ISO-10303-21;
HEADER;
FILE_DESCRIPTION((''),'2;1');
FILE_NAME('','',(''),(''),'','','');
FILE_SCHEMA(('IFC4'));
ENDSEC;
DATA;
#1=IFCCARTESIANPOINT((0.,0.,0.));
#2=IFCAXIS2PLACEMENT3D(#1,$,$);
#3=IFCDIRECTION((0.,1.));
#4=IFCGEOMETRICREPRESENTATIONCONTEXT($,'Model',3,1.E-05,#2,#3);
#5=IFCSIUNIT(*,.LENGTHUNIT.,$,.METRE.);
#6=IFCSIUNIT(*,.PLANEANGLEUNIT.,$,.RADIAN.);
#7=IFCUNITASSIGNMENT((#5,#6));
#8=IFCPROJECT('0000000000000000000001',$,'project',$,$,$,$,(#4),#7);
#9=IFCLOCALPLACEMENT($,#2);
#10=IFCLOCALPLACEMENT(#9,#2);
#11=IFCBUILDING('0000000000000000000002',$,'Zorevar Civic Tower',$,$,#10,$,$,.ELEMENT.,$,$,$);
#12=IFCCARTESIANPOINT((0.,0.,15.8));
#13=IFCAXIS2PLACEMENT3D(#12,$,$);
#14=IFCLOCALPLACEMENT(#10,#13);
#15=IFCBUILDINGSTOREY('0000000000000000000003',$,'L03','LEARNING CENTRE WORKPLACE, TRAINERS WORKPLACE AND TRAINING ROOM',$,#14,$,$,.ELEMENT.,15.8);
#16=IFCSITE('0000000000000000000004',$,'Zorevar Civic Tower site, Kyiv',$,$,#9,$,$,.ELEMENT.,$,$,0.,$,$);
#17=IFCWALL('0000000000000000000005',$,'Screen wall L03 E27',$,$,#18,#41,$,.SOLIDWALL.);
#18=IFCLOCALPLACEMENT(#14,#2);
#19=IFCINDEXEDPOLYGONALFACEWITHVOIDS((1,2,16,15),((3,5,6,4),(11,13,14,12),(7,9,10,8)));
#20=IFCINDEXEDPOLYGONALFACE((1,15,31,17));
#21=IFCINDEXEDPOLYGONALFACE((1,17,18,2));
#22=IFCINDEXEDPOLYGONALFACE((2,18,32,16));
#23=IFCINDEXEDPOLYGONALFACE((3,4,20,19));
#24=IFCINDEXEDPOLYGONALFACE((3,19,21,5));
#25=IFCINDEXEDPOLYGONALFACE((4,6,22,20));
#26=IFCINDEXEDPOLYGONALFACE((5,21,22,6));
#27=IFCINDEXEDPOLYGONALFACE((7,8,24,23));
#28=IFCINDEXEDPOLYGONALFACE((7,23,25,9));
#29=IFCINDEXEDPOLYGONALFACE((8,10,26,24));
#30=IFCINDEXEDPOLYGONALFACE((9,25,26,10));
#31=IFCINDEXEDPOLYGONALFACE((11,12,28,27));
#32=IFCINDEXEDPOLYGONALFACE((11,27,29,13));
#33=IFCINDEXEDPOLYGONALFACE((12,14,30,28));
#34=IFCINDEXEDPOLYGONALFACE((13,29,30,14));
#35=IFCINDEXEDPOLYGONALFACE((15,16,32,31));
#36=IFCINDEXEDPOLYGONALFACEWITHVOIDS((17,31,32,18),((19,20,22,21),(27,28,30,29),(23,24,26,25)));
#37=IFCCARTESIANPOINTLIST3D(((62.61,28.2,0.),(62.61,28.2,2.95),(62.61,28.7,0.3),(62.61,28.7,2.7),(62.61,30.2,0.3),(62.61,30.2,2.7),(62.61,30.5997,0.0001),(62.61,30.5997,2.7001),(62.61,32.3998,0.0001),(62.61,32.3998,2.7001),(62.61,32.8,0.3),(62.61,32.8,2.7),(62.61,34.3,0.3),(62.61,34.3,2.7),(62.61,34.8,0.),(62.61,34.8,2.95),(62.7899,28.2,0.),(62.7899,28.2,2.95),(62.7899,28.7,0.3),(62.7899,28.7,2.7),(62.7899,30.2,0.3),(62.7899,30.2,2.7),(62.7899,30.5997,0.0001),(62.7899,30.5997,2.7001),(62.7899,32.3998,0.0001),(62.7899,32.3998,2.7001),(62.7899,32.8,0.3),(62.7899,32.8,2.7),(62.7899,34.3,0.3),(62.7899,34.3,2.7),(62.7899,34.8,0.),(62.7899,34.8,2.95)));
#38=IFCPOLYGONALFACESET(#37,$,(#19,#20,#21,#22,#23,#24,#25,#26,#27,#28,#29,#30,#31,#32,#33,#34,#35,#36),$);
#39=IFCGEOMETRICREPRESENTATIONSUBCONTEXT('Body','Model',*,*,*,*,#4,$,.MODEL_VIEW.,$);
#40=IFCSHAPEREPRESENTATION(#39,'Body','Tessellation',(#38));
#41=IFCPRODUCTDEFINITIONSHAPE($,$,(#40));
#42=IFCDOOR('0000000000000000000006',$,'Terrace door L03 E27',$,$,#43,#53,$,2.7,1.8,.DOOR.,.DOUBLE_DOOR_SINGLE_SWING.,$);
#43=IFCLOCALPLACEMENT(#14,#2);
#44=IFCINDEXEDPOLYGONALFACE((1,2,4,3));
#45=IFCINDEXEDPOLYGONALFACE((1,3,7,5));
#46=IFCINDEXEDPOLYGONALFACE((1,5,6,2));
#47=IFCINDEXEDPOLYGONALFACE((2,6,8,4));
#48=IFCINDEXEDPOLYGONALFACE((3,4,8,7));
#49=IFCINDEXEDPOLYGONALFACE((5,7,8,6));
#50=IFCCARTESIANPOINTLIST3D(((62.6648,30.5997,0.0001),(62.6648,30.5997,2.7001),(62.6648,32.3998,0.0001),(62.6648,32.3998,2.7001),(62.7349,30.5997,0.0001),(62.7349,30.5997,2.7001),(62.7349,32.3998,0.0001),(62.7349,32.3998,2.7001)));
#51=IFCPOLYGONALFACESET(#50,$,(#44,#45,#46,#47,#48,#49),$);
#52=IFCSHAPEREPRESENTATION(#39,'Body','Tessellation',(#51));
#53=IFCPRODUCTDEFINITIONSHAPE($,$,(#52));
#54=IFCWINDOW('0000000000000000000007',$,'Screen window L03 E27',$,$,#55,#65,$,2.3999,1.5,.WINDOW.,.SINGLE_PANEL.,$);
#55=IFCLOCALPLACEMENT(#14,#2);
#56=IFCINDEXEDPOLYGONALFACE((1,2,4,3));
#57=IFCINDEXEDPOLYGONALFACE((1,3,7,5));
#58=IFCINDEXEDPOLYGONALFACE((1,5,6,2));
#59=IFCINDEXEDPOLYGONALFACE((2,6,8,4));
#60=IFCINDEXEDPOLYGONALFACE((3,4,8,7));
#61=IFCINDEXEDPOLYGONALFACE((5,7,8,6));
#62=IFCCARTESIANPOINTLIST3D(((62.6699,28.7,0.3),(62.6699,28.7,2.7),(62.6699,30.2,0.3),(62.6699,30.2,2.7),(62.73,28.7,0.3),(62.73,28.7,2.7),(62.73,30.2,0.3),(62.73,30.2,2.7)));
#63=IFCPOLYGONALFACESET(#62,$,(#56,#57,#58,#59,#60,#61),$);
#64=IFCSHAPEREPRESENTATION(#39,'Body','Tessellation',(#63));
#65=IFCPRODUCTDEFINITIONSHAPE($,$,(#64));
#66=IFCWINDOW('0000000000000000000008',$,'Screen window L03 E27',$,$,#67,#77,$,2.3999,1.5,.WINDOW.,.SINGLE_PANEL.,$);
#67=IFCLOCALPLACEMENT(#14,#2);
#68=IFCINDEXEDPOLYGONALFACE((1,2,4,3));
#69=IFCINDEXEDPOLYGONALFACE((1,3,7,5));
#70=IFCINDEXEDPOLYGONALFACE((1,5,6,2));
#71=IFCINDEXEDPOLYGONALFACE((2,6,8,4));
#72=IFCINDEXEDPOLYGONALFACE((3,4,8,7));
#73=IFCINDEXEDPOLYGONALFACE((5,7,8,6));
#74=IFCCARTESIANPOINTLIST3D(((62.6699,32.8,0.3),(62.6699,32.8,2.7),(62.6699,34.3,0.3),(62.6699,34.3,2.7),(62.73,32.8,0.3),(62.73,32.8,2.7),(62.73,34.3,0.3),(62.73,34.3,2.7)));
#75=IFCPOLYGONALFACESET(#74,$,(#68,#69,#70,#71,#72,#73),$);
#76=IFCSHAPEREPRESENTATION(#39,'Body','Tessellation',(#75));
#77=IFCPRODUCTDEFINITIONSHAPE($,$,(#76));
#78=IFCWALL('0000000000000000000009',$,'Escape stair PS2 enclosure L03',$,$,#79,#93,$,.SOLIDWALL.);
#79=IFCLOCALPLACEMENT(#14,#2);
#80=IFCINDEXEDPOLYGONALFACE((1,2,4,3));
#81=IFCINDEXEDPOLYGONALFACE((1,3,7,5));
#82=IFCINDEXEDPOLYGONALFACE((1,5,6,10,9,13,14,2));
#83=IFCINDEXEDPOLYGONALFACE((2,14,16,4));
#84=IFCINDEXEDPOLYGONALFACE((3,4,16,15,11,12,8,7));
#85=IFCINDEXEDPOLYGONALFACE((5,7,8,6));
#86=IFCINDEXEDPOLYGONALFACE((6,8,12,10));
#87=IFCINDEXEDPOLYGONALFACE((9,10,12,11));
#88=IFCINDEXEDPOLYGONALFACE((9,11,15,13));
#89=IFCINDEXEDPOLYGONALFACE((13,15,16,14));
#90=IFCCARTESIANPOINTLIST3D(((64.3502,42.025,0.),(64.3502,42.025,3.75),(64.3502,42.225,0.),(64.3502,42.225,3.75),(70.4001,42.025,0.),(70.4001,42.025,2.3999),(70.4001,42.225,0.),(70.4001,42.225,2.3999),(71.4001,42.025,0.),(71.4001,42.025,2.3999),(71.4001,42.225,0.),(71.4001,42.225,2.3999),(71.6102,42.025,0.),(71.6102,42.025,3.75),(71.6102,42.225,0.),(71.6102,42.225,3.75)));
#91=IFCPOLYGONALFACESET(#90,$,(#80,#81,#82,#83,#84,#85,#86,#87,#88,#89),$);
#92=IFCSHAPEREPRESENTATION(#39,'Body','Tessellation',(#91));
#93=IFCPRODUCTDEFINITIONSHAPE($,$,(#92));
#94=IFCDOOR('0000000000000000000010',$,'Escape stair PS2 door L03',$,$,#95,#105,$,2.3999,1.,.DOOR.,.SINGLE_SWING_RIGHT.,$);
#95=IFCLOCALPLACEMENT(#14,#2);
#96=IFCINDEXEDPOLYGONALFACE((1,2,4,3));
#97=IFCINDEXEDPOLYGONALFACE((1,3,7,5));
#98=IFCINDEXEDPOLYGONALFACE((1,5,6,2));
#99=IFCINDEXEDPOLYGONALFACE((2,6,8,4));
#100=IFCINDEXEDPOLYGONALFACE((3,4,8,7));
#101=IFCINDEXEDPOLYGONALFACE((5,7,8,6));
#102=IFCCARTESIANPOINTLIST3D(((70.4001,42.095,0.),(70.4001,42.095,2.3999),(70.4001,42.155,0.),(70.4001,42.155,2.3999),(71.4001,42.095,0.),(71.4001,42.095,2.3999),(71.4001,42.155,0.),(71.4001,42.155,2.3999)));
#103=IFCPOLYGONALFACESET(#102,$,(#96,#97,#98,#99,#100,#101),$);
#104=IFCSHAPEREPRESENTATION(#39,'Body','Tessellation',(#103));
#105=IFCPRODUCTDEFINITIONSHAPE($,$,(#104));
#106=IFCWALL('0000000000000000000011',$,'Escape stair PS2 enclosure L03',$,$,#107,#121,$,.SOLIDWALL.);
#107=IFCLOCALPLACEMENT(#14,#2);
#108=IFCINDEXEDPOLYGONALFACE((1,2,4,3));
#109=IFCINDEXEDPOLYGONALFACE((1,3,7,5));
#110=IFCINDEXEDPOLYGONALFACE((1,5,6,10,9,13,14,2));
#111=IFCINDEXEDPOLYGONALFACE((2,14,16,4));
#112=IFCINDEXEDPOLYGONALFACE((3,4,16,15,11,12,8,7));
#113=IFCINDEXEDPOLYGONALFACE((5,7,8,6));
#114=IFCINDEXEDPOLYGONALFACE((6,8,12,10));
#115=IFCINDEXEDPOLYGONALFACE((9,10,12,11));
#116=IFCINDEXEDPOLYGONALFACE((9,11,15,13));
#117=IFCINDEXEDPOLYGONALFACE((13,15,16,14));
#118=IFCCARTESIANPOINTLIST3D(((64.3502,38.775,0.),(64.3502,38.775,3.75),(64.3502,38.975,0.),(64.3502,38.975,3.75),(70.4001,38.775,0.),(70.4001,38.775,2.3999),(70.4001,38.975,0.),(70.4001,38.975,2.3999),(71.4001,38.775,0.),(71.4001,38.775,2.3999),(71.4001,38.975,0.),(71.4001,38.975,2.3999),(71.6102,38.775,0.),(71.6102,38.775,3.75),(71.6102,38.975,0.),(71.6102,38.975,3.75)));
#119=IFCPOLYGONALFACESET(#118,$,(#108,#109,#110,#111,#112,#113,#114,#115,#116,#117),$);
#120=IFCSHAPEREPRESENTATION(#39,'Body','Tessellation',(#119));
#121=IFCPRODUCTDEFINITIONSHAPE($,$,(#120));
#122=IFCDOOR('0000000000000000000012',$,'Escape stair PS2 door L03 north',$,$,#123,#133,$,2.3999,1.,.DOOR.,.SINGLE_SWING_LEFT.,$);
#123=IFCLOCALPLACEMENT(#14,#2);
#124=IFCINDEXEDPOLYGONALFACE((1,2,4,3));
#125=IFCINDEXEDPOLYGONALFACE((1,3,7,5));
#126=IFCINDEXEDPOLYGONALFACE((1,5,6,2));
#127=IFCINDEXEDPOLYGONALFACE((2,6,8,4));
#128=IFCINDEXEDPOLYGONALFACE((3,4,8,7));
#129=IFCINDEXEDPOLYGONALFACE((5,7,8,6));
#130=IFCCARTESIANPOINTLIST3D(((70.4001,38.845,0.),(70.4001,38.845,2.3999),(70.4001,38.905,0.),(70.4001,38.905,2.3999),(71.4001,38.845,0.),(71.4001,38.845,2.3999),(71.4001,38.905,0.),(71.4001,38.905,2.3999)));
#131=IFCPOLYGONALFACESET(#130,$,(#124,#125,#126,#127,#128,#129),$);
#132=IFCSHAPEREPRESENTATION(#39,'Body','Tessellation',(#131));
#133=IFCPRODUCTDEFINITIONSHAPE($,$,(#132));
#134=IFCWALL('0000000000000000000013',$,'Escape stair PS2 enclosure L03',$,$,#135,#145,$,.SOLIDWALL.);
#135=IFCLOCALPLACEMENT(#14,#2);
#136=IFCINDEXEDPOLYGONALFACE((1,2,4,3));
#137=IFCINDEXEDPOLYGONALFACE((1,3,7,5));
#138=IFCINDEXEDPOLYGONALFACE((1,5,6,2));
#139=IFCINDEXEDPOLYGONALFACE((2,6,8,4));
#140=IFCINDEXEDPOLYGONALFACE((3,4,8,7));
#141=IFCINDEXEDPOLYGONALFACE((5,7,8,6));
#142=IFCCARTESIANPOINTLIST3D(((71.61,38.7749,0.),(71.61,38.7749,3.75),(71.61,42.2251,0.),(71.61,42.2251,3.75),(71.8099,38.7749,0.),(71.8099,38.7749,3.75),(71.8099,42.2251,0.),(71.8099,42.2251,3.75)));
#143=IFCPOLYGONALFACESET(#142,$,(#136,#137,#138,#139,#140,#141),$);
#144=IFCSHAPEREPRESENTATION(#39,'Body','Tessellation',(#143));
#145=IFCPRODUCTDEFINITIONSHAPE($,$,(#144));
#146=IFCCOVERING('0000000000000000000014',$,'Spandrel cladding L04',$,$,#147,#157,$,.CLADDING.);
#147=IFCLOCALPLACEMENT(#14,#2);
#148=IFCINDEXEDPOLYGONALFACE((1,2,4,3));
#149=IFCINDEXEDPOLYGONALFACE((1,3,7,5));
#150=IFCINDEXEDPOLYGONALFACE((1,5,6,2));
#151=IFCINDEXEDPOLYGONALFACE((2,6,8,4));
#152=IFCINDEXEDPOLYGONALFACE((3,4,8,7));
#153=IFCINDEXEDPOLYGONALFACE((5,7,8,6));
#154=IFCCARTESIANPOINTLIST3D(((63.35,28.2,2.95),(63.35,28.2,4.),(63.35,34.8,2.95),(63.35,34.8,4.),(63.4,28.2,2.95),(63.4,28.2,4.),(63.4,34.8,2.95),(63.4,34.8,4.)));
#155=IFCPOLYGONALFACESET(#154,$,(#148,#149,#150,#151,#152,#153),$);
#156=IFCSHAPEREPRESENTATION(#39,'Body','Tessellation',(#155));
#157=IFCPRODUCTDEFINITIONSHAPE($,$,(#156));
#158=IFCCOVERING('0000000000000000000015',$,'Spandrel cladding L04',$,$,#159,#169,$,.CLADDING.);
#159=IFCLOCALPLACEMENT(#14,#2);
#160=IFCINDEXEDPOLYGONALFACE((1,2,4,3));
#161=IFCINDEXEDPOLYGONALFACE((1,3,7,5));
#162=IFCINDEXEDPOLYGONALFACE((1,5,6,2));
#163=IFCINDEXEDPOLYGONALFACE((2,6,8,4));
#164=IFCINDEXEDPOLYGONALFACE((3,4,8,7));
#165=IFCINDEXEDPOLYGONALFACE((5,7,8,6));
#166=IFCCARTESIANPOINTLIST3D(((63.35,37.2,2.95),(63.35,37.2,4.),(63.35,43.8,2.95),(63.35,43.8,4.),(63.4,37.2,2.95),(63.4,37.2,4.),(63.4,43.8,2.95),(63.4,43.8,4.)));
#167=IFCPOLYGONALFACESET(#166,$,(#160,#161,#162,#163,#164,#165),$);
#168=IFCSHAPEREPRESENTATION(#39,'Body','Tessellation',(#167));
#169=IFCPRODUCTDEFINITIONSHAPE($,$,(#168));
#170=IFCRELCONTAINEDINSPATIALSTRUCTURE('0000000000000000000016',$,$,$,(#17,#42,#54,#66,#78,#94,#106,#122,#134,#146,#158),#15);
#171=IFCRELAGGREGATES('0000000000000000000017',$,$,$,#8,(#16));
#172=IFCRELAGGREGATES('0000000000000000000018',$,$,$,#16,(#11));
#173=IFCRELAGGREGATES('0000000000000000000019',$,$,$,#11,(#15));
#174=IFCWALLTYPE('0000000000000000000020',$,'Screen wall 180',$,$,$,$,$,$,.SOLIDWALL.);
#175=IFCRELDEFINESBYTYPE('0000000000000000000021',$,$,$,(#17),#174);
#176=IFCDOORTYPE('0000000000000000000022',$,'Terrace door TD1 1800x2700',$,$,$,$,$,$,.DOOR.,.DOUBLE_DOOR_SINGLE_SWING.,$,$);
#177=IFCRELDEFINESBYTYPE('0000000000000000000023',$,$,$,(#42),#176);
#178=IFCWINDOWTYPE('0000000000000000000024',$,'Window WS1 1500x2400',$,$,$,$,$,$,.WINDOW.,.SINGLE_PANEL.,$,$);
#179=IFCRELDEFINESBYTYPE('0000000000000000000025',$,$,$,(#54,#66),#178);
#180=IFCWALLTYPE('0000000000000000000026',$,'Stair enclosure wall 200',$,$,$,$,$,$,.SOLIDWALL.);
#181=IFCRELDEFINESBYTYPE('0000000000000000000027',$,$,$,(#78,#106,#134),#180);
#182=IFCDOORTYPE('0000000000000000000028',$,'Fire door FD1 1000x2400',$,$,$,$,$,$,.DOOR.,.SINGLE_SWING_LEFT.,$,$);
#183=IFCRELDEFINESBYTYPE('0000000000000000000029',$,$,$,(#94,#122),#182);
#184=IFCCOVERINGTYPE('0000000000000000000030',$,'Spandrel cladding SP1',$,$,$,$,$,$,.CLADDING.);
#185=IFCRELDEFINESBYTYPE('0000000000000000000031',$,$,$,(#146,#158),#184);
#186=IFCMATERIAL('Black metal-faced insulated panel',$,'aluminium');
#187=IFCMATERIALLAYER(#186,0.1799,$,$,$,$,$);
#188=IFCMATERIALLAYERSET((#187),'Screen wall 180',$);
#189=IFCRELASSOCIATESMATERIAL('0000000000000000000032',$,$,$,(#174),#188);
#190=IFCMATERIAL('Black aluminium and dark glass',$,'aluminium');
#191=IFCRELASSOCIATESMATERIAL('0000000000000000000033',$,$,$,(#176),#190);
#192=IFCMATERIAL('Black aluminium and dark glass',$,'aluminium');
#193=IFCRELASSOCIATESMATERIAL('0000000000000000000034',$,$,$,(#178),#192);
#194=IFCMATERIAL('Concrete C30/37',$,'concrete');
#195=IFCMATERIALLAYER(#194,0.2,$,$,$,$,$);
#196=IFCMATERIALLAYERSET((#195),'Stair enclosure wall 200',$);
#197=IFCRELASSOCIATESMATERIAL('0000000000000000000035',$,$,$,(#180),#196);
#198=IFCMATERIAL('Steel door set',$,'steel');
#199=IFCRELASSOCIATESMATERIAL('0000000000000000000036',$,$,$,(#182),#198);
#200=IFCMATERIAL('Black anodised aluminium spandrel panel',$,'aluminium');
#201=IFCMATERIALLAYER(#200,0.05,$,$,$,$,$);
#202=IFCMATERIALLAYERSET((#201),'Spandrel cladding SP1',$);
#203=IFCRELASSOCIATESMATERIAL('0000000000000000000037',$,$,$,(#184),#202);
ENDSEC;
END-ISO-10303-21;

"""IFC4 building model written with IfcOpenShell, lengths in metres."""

from ifc_helpers import new_model, si_unit, direction, frame, frame_2d, origin, place, context, subcontext, project, spatial, rectangle, extrude, material, layer, layer_set, type_object, element, fill, save


model = new_model("IFC4")

# Units and contexts
model_context = context("Model", 3, precision=1e-05, world=origin(), true_north=direction((0.0, 1.0)))
body_context = subcontext(model_context, "Body", "Model", "MODEL_VIEW")
ifc_project = project(units=[si_unit("LENGTHUNIT", "METRE"), si_unit("PLANEANGLEUNIT", "RADIAN")], contexts=[model_context])

# Site, building, storey
site_placement = place(None, origin())
site = spatial("IfcSite", under=ifc_project, at=site_placement, Name="Zorevar Civic Tower site, Kyiv", CompositionType="ELEMENT", RefElevation=0.0)
building_placement = place(site_placement, origin())
building = spatial("IfcBuilding", under=site, at=building_placement, Name="Zorevar Civic Tower", CompositionType="ELEMENT")
storey_placement = place(building_placement, frame((0.0, 0.0, 15.8)))
storey = spatial("IfcBuildingStorey", under=building, at=storey_placement, Name="L03", Description="LEARNING CENTRE WORKPLACE, TRAINERS WORKPLACE AND TRAINING ROOM", CompositionType="ELEMENT", Elevation=15.8)

# Wall, openings, door, windows
ifc_material_1 = material(Name="Black metal-faced insulated panel", Category="aluminium")
ifc_layer_1 = layer(ifc_material_1, 0.1799)
ifc_layer_set_1 = layer_set([ifc_layer_1], Name="Screen wall 180")
wall_type_1 = type_object("IfcWallType", Name="Screen wall 180", PredefinedType="SOLIDWALL", material=ifc_layer_set_1)
wall_1_placement = place(storey_placement, frame((62.7, 28.2, 0.0), z_axis=(0.0, 0.0, 1.0), x_axis=(0.0, 1.0, 0.0)))
wall_1 = element("IfcWall", 1, at=wall_1_placement, inside=storey, type_object=wall_type_1, Name="Screen wall L03 E27", PredefinedType="SOLIDWALL", context=body_context, shape_type="SweptSolid", body=[
    extrude(rectangle(XDim=6.6001, YDim=0.1799, at=frame_2d((3.3, 0.0))), origin(), (0.0, 0.0, 1.0), 2.95),
])
opening_1_placement = place(wall_1_placement, frame((2.3999, 0.0, 0.0)))
opening_1 = element("IfcOpeningElement", 2, at=opening_1_placement, cuts=wall_1, PredefinedType="OPENING", context=body_context, shape_type="SweptSolid", body=[
    extrude(rectangle(XDim=1.8, YDim=2.7, at=frame_2d((0.8999, 1.3501))), frame((0.0, 0.0999, 0.0), z_axis=(0.0, -1.0, 0.0), x_axis=(1.0, 0.0, 0.0)), (0.0, 0.0, 1.0), 0.2),
])
opening_2_placement = place(wall_1_placement, frame((0.5, 0.0, 0.3)))
opening_2 = element("IfcOpeningElement", 3, at=opening_2_placement, cuts=wall_1, PredefinedType="OPENING", context=body_context, shape_type="SweptSolid", body=[
    extrude(rectangle(XDim=1.5, YDim=2.3999, at=frame_2d((0.75, 1.2))), frame((0.0, 0.0999, 0.0), z_axis=(0.0, -1.0, 0.0), x_axis=(1.0, 0.0, 0.0)), (0.0, 0.0, 1.0), 0.2),
])
opening_3_placement = place(wall_1_placement, frame((4.6001, 0.0, 0.3)))
opening_3 = element("IfcOpeningElement", 4, at=opening_3_placement, cuts=wall_1, PredefinedType="OPENING", context=body_context, shape_type="SweptSolid", body=[
    extrude(rectangle(XDim=1.5, YDim=2.3999, at=frame_2d((0.75, 1.2))), frame((0.0, 0.0999, 0.0), z_axis=(0.0, -1.0, 0.0), x_axis=(1.0, 0.0, 0.0)), (0.0, 0.0, 1.0), 0.2),
])
ifc_material_2 = material(Name="Black aluminium and dark glass", Category="aluminium")
door_type_1 = type_object("IfcDoorType", Name="Terrace door TD1 1800x2700", OperationType="DOUBLE_DOOR_SINGLE_SWING", PredefinedType="DOOR", material=ifc_material_2)
door_1_placement = place(opening_1_placement, origin())
door_1 = element("IfcDoor", 5, at=door_1_placement, inside=storey, type_object=door_type_1, Name="Terrace door L03 E27", OperationType="DOUBLE_DOOR_SINGLE_SWING", OverallHeight=2.7, OverallWidth=1.8, PredefinedType="DOOR", context=body_context, shape_type="SweptSolid", body=[
    extrude(rectangle(XDim=1.8, YDim=2.7, at=frame_2d((0.8999, 1.3501))), frame((0.0, 0.0352, 0.0), z_axis=(0.0, -1.0, 0.0), x_axis=(1.0, 0.0, 0.0)), (0.0, 0.0, 1.0), 0.0701),
])
fill(opening_1, door_1)
ifc_material_3 = material(Name="Black aluminium and dark glass", Category="aluminium")
window_type = type_object("IfcWindowType", Name="Window WS1 1500x2400", PartitioningType="SINGLE_PANEL", PredefinedType="WINDOW", material=ifc_material_3)
window_1_placement = place(opening_2_placement, origin())
window_1 = element("IfcWindow", 6, at=window_1_placement, inside=storey, type_object=window_type, Name="Screen window L03 E27", OverallHeight=2.3999, OverallWidth=1.5, PartitioningType="SINGLE_PANEL", PredefinedType="WINDOW", context=body_context, shape_type="SweptSolid", body=[
    extrude(rectangle(XDim=1.5, YDim=2.3999, at=frame_2d((0.75, 1.2))), frame((0.0, 0.03, 0.0), z_axis=(0.0, -1.0, 0.0), x_axis=(1.0, 0.0, 0.0)), (0.0, 0.0, 1.0), 0.0601),
])
fill(opening_2, window_1)
window_2_placement = place(opening_3_placement, origin())
window_2 = element("IfcWindow", 7, at=window_2_placement, inside=storey, type_object=window_type, Name="Screen window L03 E27", OverallHeight=2.3999, OverallWidth=1.5, PartitioningType="SINGLE_PANEL", PredefinedType="WINDOW", context=body_context, shape_type="SweptSolid", body=[
    extrude(rectangle(XDim=1.5, YDim=2.3999, at=frame_2d((0.75, 1.2))), frame((0.0, 0.03, 0.0), z_axis=(0.0, -1.0, 0.0), x_axis=(1.0, 0.0, 0.0)), (0.0, 0.0, 1.0), 0.0601),
])
fill(opening_3, window_2)

# Walls, openings, doors
ifc_material_4 = material(Name="Concrete C30/37", Category="concrete")
ifc_layer_2 = layer(ifc_material_4, 0.2)
ifc_layer_set_2 = layer_set([ifc_layer_2], Name="Stair enclosure wall 200")
wall_type_2 = type_object("IfcWallType", Name="Stair enclosure wall 200", PredefinedType="SOLIDWALL", material=ifc_layer_set_2)
wall_2_placement = place(storey_placement, frame((71.6101, 42.125, 0.0), z_axis=(0.0, 0.0, 1.0), x_axis=(-1.0, 0.0, 0.0)))
wall_2 = element("IfcWall", 8, at=wall_2_placement, inside=storey, type_object=wall_type_2, Name="Escape stair PS2 enclosure L03", PredefinedType="SOLIDWALL", context=body_context, shape_type="SweptSolid", body=[
    extrude(rectangle(XDim=7.26, YDim=0.2, at=frame_2d((3.6299, 0.0))), origin(), (0.0, 0.0, 1.0), 3.75),
])
opening_4_placement = place(wall_2_placement, frame((0.21, 0.0, 0.0)))
opening_4 = element("IfcOpeningElement", 9, at=opening_4_placement, cuts=wall_2, PredefinedType="OPENING", context=body_context, shape_type="SweptSolid", body=[
    extrude(rectangle(XDim=1.0, YDim=2.3999, at=frame_2d((0.5, 1.2))), frame((0.0, 0.1099, 0.0), z_axis=(0.0, -1.0, 0.0), x_axis=(1.0, 0.0, 0.0)), (0.0, 0.0, 1.0), 0.22),
])
ifc_material_5 = material(Name="Steel door set", Category="steel")
door_type_2 = type_object("IfcDoorType", Name="Fire door FD1 1000x2400", OperationType="SINGLE_SWING_LEFT", PredefinedType="DOOR", material=ifc_material_5)
door_2_placement = place(opening_4_placement, origin())
door_2 = element("IfcDoor", 10, at=door_2_placement, inside=storey, type_object=door_type_2, Name="Escape stair PS2 door L03", OperationType="SINGLE_SWING_RIGHT", OverallHeight=2.3999, OverallWidth=1.0, PredefinedType="DOOR", context=body_context, shape_type="SweptSolid", body=[
    extrude(rectangle(XDim=1.0, YDim=2.3999, at=frame_2d((0.5, 1.2))), frame((0.0, 0.03, 0.0), z_axis=(0.0, -1.0, 0.0), x_axis=(1.0, 0.0, 0.0)), (0.0, 0.0, 1.0), 0.0601),
])
fill(opening_4, door_2)
wall_3_placement = place(storey_placement, frame((71.6101, 38.875, 0.0), z_axis=(0.0, 0.0, 1.0), x_axis=(-1.0, 0.0, 0.0)))
wall_3 = element("IfcWall", 11, at=wall_3_placement, inside=storey, type_object=wall_type_2, Name="Escape stair PS2 enclosure L03", PredefinedType="SOLIDWALL", context=body_context, shape_type="SweptSolid", body=[
    extrude(rectangle(XDim=7.26, YDim=0.2, at=frame_2d((3.6299, 0.0))), origin(), (0.0, 0.0, 1.0), 3.75),
])
opening_5_placement = place(wall_3_placement, frame((0.21, 0.0, 0.0)))
opening_5 = element("IfcOpeningElement", 12, at=opening_5_placement, cuts=wall_3, PredefinedType="OPENING", context=body_context, shape_type="SweptSolid", body=[
    extrude(rectangle(XDim=1.0, YDim=2.3999, at=frame_2d((0.5, 1.2))), frame((0.0, 0.1099, 0.0), z_axis=(0.0, -1.0, 0.0), x_axis=(1.0, 0.0, 0.0)), (0.0, 0.0, 1.0), 0.22),
])
door_3_placement = place(opening_5_placement, origin())
door_3 = element("IfcDoor", 13, at=door_3_placement, inside=storey, type_object=door_type_2, Name="Escape stair PS2 door L03 north", OperationType="SINGLE_SWING_LEFT", OverallHeight=2.3999, OverallWidth=1.0, PredefinedType="DOOR", context=body_context, shape_type="SweptSolid", body=[
    extrude(rectangle(XDim=1.0, YDim=2.3999, at=frame_2d((0.5, 1.2))), frame((0.0, 0.03, 0.0), z_axis=(0.0, -1.0, 0.0), x_axis=(1.0, 0.0, 0.0)), (0.0, 0.0, 1.0), 0.0601),
])
fill(opening_5, door_3)

# Wall
wall_4_placement = place(storey_placement, frame((71.71, 42.2251, 0.0), z_axis=(0.0, 0.0, 1.0), x_axis=(0.0, -1.0, 0.0)))
element("IfcWall", 14, at=wall_4_placement, inside=storey, type_object=wall_type_2, Name="Escape stair PS2 enclosure L03", PredefinedType="SOLIDWALL", context=body_context, shape_type="SweptSolid", body=[
    extrude(rectangle(XDim=3.4502, YDim=0.2, at=frame_2d((1.7251, 0.0))), origin(), (0.0, 0.0, 1.0), 3.75),
])

# Coverings
ifc_material_6 = material(Name="Black anodised aluminium spandrel panel", Category="aluminium")
ifc_layer_3 = layer(ifc_material_6, 0.05)
ifc_layer_set_3 = layer_set([ifc_layer_3], Name="Spandrel cladding SP1")
covering_type = type_object("IfcCoveringType", Name="Spandrel cladding SP1", PredefinedType="CLADDING", material=ifc_layer_set_3)
for number, where, z_axis, x_axis, name in (
    (15, (63.375, 28.2, 2.95), (0.0, 0.0, 1.0), (0.0, 1.0, 0.0), "Spandrel cladding L04"),
    (16, (63.375, 37.2, 2.95), (0.0, 0.0, 1.0), (0.0, 1.0, 0.0), "Spandrel cladding L04"),
):
    element("IfcCovering", number, at=place(storey_placement, frame(where, z_axis=z_axis, x_axis=x_axis)), inside=storey, type_object=covering_type, Name=name, PredefinedType="CLADDING", context=body_context, shape_type="SweptSolid", body=[
        extrude(rectangle(XDim=6.6001, YDim=0.05, at=frame_2d((3.3, 0.0))), origin(), (0.0, 0.0, 1.0), 1.05),
    ])

save(model, "model.ifc")
